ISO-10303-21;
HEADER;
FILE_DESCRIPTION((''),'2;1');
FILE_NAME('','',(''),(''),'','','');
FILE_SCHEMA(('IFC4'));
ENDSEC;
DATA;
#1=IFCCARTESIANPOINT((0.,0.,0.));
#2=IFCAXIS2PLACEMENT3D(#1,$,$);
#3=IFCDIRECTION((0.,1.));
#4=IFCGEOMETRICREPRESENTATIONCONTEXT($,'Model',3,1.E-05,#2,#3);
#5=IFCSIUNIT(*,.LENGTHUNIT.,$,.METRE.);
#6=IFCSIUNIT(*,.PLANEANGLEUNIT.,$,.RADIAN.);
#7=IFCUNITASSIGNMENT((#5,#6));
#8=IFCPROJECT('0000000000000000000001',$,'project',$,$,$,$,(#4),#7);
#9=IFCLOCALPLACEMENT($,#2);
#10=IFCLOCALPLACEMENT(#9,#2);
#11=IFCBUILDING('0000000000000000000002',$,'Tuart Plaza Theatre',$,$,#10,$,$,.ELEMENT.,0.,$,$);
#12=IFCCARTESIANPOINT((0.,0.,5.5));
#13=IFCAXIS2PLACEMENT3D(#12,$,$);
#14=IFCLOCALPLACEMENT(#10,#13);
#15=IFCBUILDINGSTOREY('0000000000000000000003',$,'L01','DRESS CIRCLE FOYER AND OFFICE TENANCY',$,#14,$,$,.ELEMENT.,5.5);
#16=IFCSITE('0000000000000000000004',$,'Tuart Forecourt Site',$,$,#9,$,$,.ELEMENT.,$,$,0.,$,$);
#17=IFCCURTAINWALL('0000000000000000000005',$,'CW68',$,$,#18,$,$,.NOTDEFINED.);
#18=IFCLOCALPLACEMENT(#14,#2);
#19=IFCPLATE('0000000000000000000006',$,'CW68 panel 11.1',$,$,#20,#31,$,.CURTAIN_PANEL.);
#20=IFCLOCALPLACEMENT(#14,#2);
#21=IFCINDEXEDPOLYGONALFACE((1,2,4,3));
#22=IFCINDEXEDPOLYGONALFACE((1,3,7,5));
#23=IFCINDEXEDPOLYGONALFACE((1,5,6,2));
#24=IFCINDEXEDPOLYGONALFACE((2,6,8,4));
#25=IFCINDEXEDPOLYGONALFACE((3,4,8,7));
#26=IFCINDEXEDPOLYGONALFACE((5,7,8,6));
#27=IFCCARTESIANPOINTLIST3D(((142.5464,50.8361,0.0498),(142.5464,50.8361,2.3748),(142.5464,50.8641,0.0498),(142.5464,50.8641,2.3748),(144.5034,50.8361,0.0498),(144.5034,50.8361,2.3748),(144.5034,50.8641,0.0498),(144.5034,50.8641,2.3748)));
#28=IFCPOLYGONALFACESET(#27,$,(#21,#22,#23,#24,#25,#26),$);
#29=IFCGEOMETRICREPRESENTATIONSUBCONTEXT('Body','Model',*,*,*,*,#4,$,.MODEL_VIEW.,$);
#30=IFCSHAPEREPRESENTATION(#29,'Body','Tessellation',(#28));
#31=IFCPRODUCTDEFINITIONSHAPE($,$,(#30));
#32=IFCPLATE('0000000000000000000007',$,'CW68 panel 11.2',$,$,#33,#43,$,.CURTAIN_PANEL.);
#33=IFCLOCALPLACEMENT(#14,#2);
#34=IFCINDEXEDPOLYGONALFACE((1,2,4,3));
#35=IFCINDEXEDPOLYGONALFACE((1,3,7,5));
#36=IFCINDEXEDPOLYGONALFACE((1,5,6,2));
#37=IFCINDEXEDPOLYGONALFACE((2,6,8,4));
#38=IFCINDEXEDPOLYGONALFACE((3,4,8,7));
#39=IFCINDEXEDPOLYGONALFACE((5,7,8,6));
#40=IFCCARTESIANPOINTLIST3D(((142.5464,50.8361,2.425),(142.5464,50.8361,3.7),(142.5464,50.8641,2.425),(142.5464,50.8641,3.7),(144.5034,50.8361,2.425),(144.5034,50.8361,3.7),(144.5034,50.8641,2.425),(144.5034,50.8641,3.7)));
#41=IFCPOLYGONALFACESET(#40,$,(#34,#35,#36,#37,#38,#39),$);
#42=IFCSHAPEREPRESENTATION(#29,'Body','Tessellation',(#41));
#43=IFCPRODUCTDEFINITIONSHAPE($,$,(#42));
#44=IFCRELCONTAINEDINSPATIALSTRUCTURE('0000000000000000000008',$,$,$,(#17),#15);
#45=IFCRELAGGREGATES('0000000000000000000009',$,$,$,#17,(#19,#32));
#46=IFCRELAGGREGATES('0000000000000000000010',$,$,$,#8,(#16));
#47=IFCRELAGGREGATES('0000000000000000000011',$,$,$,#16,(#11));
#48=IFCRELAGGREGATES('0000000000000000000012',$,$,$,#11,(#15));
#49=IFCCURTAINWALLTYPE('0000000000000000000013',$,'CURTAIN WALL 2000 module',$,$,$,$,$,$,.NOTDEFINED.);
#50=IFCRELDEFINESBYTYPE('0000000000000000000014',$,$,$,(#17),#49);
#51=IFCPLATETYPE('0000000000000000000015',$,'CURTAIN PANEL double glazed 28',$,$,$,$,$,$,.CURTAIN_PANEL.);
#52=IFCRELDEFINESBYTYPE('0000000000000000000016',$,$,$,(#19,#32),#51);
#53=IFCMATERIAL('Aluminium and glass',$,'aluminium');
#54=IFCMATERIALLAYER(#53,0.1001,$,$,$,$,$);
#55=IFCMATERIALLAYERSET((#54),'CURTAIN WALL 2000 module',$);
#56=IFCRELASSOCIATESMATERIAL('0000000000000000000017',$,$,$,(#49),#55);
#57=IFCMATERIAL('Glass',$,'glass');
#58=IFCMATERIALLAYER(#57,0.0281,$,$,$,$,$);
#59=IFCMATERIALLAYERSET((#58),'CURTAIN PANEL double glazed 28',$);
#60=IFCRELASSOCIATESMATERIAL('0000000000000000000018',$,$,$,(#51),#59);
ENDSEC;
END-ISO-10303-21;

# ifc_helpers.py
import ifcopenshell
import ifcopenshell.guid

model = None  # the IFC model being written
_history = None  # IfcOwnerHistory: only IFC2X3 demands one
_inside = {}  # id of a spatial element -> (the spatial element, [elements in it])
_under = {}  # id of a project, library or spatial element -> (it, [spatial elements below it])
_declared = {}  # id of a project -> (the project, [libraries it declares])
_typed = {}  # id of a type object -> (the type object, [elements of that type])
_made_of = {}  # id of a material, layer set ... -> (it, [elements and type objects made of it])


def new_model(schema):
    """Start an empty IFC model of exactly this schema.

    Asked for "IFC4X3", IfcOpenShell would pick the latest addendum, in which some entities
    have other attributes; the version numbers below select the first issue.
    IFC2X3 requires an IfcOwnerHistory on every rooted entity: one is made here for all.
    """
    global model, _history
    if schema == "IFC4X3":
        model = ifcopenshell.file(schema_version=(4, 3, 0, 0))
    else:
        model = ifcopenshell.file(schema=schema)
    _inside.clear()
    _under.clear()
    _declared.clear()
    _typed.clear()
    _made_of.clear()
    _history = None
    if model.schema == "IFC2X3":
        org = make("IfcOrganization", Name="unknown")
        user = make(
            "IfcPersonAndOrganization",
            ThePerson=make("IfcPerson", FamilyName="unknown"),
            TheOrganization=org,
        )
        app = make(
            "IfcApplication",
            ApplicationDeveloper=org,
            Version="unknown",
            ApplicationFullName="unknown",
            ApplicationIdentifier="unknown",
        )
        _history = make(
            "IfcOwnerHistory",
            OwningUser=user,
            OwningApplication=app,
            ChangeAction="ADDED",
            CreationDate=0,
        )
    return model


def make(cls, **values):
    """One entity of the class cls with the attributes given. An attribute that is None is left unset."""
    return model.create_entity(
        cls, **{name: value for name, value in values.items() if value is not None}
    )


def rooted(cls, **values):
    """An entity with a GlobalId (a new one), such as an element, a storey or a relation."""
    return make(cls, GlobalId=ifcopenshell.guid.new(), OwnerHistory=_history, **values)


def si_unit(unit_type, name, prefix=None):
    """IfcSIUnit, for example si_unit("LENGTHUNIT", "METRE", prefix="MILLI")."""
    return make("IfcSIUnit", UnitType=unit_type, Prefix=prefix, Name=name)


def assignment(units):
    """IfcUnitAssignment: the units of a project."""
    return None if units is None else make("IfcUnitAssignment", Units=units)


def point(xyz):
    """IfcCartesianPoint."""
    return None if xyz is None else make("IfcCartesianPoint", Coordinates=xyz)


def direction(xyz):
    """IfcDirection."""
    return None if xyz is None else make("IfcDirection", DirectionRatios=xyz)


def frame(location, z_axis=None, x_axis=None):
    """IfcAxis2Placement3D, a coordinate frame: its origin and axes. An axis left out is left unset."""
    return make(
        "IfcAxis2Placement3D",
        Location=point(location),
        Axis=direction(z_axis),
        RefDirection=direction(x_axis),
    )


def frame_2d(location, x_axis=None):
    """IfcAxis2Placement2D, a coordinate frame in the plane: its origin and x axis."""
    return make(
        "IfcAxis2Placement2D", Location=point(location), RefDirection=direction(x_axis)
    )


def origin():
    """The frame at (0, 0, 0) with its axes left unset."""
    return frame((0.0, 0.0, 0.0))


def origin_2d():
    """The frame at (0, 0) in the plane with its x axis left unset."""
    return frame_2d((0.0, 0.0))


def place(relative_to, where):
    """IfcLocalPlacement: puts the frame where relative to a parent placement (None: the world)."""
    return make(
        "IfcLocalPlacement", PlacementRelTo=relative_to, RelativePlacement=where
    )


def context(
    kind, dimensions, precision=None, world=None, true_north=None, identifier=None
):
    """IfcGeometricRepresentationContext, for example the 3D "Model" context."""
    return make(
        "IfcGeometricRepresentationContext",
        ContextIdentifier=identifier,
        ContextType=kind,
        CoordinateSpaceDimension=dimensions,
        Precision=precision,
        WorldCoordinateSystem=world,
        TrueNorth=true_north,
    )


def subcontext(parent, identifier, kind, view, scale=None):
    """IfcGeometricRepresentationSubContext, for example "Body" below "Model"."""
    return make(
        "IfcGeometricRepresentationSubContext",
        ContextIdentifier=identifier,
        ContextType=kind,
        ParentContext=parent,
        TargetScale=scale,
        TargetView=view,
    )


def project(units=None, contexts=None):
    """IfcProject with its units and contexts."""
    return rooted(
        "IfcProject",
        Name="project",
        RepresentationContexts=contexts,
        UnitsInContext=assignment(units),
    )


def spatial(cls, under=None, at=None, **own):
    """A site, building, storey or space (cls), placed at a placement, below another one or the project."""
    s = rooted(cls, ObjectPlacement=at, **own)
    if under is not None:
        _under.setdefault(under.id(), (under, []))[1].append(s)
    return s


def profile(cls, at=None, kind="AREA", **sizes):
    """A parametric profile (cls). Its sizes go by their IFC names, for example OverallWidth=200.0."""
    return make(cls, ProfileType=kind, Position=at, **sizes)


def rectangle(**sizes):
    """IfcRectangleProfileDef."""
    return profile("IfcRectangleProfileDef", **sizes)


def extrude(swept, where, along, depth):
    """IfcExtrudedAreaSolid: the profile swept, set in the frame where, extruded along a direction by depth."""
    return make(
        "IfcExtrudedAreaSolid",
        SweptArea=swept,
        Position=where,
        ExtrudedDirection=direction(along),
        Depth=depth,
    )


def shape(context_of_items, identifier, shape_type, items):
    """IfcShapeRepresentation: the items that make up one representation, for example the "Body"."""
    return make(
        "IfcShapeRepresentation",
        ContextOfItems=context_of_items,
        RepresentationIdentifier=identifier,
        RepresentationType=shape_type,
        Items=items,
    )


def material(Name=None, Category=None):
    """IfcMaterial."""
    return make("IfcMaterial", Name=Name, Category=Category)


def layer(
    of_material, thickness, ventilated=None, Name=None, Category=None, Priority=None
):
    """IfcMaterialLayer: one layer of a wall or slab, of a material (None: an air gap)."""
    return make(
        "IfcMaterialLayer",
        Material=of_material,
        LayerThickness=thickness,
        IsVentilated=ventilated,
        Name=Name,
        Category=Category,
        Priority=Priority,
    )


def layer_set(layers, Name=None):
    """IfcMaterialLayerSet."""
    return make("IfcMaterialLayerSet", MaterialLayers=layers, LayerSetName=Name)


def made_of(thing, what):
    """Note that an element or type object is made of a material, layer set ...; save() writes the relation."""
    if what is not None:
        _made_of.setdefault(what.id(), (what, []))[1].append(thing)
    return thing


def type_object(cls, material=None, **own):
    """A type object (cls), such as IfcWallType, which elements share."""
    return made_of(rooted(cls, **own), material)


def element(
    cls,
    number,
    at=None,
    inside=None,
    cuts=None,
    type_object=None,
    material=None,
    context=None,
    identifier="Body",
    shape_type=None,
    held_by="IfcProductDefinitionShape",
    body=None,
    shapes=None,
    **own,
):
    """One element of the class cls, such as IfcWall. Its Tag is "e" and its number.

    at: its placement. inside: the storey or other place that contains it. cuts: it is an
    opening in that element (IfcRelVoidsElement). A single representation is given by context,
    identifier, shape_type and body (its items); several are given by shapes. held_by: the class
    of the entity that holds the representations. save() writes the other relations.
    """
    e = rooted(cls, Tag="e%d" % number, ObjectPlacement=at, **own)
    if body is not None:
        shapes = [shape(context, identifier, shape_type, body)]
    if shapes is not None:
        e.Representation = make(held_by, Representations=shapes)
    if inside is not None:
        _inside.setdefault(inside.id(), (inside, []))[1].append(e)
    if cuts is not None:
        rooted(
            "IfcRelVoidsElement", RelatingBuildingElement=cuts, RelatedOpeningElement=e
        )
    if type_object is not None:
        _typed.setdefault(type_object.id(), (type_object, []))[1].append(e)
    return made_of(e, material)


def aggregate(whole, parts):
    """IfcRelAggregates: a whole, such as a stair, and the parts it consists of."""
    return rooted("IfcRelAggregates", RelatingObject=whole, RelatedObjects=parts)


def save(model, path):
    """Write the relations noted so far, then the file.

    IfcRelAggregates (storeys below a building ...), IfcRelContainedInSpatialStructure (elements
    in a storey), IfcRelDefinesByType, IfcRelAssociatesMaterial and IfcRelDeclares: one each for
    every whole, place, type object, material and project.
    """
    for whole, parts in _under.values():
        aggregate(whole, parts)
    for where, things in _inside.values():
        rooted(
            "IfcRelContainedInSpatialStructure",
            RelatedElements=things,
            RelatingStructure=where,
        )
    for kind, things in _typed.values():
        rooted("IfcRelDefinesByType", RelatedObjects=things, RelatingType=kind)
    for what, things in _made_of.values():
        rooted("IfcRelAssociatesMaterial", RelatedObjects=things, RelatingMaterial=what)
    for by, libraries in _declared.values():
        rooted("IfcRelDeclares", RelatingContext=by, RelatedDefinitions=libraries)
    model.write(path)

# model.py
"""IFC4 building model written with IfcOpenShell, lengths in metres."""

from ifc_helpers import new_model, si_unit, direction, frame, origin, origin_2d, place, context, subcontext, project, spatial, rectangle, extrude, material, layer, layer_set, type_object, element, aggregate, save


model = new_model("IFC4")

# Units and contexts
model_context = context("Model", 3, precision=1e-05, world=origin(), true_north=direction((0.0, 1.0)))
body_context = subcontext(model_context, "Body", "Model", "MODEL_VIEW")
ifc_project = project(units=[si_unit("LENGTHUNIT", "METRE"), si_unit("PLANEANGLEUNIT", "RADIAN")], contexts=[model_context])

# Site, building, storey
site_placement = place(None, origin())
site = spatial("IfcSite", under=ifc_project, at=site_placement, Name="Tuart Forecourt Site", CompositionType="ELEMENT", RefElevation=0.0)
building_placement = place(site_placement, origin())
building = spatial("IfcBuilding", under=site, at=building_placement, Name="Tuart Plaza Theatre", CompositionType="ELEMENT", ElevationOfRefHeight=0.0)
storey_placement = place(building_placement, frame((0.0, 0.0, 5.5)))
storey = spatial("IfcBuildingStorey", under=building, at=storey_placement, Name="L01", Description="DRESS CIRCLE FOYER AND OFFICE TENANCY", CompositionType="ELEMENT", Elevation=5.5)

# Curtain wall, plates
ifc_material_1 = material(Name="Aluminium and glass", Category="aluminium")
ifc_layer_1 = layer(ifc_material_1, 0.1001)
ifc_layer_set_1 = layer_set([ifc_layer_1], Name="CURTAIN WALL 2000 module")
curtain_wall_type = type_object("IfcCurtainWallType", Name="CURTAIN WALL 2000 module", PredefinedType="NOTDEFINED", material=ifc_layer_set_1)
curtain_wall_placement = place(storey_placement, origin())
curtain_wall = element("IfcCurtainWall", 1, at=curtain_wall_placement, inside=storey, type_object=curtain_wall_type, Name="CW68", PredefinedType="NOTDEFINED")
ifc_material_2 = material(Name="Glass", Category="glass")
ifc_layer_2 = layer(ifc_material_2, 0.0281)
ifc_layer_set_2 = layer_set([ifc_layer_2], Name="CURTAIN PANEL double glazed 28")
plate_type = type_object("IfcPlateType", Name="CURTAIN PANEL double glazed 28", PredefinedType="CURTAIN_PANEL", material=ifc_layer_set_2)
plate_1_placement = place(storey_placement, frame((143.5249, 50.8501, 0.0498), z_axis=(0.0, 0.0, 1.0), x_axis=(1.0, 0.0, 0.0)))
plate_1 = element("IfcPlate", 2, at=plate_1_placement, type_object=plate_type, Name="CW68 panel 11.1", PredefinedType="CURTAIN_PANEL", context=body_context, shape_type="SweptSolid", body=[
    extrude(rectangle(XDim=1.957, YDim=0.0281, at=origin_2d()), origin(), (0.0, 0.0, 1.0), 2.325),
])
plate_2_placement = place(storey_placement, frame((143.5249, 50.8501, 2.425), z_axis=(0.0, 0.0, 1.0), x_axis=(1.0, 0.0, 0.0)))
plate_2 = element("IfcPlate", 3, at=plate_2_placement, type_object=plate_type, Name="CW68 panel 11.2", PredefinedType="CURTAIN_PANEL", context=body_context, shape_type="SweptSolid", body=[
    extrude(rectangle(XDim=1.957, YDim=0.0281, at=origin_2d()), origin(), (0.0, 0.0, 1.0), 1.2749),
])
aggregate(curtain_wall, [plate_1, plate_2])

save(model, "model.ifc")
